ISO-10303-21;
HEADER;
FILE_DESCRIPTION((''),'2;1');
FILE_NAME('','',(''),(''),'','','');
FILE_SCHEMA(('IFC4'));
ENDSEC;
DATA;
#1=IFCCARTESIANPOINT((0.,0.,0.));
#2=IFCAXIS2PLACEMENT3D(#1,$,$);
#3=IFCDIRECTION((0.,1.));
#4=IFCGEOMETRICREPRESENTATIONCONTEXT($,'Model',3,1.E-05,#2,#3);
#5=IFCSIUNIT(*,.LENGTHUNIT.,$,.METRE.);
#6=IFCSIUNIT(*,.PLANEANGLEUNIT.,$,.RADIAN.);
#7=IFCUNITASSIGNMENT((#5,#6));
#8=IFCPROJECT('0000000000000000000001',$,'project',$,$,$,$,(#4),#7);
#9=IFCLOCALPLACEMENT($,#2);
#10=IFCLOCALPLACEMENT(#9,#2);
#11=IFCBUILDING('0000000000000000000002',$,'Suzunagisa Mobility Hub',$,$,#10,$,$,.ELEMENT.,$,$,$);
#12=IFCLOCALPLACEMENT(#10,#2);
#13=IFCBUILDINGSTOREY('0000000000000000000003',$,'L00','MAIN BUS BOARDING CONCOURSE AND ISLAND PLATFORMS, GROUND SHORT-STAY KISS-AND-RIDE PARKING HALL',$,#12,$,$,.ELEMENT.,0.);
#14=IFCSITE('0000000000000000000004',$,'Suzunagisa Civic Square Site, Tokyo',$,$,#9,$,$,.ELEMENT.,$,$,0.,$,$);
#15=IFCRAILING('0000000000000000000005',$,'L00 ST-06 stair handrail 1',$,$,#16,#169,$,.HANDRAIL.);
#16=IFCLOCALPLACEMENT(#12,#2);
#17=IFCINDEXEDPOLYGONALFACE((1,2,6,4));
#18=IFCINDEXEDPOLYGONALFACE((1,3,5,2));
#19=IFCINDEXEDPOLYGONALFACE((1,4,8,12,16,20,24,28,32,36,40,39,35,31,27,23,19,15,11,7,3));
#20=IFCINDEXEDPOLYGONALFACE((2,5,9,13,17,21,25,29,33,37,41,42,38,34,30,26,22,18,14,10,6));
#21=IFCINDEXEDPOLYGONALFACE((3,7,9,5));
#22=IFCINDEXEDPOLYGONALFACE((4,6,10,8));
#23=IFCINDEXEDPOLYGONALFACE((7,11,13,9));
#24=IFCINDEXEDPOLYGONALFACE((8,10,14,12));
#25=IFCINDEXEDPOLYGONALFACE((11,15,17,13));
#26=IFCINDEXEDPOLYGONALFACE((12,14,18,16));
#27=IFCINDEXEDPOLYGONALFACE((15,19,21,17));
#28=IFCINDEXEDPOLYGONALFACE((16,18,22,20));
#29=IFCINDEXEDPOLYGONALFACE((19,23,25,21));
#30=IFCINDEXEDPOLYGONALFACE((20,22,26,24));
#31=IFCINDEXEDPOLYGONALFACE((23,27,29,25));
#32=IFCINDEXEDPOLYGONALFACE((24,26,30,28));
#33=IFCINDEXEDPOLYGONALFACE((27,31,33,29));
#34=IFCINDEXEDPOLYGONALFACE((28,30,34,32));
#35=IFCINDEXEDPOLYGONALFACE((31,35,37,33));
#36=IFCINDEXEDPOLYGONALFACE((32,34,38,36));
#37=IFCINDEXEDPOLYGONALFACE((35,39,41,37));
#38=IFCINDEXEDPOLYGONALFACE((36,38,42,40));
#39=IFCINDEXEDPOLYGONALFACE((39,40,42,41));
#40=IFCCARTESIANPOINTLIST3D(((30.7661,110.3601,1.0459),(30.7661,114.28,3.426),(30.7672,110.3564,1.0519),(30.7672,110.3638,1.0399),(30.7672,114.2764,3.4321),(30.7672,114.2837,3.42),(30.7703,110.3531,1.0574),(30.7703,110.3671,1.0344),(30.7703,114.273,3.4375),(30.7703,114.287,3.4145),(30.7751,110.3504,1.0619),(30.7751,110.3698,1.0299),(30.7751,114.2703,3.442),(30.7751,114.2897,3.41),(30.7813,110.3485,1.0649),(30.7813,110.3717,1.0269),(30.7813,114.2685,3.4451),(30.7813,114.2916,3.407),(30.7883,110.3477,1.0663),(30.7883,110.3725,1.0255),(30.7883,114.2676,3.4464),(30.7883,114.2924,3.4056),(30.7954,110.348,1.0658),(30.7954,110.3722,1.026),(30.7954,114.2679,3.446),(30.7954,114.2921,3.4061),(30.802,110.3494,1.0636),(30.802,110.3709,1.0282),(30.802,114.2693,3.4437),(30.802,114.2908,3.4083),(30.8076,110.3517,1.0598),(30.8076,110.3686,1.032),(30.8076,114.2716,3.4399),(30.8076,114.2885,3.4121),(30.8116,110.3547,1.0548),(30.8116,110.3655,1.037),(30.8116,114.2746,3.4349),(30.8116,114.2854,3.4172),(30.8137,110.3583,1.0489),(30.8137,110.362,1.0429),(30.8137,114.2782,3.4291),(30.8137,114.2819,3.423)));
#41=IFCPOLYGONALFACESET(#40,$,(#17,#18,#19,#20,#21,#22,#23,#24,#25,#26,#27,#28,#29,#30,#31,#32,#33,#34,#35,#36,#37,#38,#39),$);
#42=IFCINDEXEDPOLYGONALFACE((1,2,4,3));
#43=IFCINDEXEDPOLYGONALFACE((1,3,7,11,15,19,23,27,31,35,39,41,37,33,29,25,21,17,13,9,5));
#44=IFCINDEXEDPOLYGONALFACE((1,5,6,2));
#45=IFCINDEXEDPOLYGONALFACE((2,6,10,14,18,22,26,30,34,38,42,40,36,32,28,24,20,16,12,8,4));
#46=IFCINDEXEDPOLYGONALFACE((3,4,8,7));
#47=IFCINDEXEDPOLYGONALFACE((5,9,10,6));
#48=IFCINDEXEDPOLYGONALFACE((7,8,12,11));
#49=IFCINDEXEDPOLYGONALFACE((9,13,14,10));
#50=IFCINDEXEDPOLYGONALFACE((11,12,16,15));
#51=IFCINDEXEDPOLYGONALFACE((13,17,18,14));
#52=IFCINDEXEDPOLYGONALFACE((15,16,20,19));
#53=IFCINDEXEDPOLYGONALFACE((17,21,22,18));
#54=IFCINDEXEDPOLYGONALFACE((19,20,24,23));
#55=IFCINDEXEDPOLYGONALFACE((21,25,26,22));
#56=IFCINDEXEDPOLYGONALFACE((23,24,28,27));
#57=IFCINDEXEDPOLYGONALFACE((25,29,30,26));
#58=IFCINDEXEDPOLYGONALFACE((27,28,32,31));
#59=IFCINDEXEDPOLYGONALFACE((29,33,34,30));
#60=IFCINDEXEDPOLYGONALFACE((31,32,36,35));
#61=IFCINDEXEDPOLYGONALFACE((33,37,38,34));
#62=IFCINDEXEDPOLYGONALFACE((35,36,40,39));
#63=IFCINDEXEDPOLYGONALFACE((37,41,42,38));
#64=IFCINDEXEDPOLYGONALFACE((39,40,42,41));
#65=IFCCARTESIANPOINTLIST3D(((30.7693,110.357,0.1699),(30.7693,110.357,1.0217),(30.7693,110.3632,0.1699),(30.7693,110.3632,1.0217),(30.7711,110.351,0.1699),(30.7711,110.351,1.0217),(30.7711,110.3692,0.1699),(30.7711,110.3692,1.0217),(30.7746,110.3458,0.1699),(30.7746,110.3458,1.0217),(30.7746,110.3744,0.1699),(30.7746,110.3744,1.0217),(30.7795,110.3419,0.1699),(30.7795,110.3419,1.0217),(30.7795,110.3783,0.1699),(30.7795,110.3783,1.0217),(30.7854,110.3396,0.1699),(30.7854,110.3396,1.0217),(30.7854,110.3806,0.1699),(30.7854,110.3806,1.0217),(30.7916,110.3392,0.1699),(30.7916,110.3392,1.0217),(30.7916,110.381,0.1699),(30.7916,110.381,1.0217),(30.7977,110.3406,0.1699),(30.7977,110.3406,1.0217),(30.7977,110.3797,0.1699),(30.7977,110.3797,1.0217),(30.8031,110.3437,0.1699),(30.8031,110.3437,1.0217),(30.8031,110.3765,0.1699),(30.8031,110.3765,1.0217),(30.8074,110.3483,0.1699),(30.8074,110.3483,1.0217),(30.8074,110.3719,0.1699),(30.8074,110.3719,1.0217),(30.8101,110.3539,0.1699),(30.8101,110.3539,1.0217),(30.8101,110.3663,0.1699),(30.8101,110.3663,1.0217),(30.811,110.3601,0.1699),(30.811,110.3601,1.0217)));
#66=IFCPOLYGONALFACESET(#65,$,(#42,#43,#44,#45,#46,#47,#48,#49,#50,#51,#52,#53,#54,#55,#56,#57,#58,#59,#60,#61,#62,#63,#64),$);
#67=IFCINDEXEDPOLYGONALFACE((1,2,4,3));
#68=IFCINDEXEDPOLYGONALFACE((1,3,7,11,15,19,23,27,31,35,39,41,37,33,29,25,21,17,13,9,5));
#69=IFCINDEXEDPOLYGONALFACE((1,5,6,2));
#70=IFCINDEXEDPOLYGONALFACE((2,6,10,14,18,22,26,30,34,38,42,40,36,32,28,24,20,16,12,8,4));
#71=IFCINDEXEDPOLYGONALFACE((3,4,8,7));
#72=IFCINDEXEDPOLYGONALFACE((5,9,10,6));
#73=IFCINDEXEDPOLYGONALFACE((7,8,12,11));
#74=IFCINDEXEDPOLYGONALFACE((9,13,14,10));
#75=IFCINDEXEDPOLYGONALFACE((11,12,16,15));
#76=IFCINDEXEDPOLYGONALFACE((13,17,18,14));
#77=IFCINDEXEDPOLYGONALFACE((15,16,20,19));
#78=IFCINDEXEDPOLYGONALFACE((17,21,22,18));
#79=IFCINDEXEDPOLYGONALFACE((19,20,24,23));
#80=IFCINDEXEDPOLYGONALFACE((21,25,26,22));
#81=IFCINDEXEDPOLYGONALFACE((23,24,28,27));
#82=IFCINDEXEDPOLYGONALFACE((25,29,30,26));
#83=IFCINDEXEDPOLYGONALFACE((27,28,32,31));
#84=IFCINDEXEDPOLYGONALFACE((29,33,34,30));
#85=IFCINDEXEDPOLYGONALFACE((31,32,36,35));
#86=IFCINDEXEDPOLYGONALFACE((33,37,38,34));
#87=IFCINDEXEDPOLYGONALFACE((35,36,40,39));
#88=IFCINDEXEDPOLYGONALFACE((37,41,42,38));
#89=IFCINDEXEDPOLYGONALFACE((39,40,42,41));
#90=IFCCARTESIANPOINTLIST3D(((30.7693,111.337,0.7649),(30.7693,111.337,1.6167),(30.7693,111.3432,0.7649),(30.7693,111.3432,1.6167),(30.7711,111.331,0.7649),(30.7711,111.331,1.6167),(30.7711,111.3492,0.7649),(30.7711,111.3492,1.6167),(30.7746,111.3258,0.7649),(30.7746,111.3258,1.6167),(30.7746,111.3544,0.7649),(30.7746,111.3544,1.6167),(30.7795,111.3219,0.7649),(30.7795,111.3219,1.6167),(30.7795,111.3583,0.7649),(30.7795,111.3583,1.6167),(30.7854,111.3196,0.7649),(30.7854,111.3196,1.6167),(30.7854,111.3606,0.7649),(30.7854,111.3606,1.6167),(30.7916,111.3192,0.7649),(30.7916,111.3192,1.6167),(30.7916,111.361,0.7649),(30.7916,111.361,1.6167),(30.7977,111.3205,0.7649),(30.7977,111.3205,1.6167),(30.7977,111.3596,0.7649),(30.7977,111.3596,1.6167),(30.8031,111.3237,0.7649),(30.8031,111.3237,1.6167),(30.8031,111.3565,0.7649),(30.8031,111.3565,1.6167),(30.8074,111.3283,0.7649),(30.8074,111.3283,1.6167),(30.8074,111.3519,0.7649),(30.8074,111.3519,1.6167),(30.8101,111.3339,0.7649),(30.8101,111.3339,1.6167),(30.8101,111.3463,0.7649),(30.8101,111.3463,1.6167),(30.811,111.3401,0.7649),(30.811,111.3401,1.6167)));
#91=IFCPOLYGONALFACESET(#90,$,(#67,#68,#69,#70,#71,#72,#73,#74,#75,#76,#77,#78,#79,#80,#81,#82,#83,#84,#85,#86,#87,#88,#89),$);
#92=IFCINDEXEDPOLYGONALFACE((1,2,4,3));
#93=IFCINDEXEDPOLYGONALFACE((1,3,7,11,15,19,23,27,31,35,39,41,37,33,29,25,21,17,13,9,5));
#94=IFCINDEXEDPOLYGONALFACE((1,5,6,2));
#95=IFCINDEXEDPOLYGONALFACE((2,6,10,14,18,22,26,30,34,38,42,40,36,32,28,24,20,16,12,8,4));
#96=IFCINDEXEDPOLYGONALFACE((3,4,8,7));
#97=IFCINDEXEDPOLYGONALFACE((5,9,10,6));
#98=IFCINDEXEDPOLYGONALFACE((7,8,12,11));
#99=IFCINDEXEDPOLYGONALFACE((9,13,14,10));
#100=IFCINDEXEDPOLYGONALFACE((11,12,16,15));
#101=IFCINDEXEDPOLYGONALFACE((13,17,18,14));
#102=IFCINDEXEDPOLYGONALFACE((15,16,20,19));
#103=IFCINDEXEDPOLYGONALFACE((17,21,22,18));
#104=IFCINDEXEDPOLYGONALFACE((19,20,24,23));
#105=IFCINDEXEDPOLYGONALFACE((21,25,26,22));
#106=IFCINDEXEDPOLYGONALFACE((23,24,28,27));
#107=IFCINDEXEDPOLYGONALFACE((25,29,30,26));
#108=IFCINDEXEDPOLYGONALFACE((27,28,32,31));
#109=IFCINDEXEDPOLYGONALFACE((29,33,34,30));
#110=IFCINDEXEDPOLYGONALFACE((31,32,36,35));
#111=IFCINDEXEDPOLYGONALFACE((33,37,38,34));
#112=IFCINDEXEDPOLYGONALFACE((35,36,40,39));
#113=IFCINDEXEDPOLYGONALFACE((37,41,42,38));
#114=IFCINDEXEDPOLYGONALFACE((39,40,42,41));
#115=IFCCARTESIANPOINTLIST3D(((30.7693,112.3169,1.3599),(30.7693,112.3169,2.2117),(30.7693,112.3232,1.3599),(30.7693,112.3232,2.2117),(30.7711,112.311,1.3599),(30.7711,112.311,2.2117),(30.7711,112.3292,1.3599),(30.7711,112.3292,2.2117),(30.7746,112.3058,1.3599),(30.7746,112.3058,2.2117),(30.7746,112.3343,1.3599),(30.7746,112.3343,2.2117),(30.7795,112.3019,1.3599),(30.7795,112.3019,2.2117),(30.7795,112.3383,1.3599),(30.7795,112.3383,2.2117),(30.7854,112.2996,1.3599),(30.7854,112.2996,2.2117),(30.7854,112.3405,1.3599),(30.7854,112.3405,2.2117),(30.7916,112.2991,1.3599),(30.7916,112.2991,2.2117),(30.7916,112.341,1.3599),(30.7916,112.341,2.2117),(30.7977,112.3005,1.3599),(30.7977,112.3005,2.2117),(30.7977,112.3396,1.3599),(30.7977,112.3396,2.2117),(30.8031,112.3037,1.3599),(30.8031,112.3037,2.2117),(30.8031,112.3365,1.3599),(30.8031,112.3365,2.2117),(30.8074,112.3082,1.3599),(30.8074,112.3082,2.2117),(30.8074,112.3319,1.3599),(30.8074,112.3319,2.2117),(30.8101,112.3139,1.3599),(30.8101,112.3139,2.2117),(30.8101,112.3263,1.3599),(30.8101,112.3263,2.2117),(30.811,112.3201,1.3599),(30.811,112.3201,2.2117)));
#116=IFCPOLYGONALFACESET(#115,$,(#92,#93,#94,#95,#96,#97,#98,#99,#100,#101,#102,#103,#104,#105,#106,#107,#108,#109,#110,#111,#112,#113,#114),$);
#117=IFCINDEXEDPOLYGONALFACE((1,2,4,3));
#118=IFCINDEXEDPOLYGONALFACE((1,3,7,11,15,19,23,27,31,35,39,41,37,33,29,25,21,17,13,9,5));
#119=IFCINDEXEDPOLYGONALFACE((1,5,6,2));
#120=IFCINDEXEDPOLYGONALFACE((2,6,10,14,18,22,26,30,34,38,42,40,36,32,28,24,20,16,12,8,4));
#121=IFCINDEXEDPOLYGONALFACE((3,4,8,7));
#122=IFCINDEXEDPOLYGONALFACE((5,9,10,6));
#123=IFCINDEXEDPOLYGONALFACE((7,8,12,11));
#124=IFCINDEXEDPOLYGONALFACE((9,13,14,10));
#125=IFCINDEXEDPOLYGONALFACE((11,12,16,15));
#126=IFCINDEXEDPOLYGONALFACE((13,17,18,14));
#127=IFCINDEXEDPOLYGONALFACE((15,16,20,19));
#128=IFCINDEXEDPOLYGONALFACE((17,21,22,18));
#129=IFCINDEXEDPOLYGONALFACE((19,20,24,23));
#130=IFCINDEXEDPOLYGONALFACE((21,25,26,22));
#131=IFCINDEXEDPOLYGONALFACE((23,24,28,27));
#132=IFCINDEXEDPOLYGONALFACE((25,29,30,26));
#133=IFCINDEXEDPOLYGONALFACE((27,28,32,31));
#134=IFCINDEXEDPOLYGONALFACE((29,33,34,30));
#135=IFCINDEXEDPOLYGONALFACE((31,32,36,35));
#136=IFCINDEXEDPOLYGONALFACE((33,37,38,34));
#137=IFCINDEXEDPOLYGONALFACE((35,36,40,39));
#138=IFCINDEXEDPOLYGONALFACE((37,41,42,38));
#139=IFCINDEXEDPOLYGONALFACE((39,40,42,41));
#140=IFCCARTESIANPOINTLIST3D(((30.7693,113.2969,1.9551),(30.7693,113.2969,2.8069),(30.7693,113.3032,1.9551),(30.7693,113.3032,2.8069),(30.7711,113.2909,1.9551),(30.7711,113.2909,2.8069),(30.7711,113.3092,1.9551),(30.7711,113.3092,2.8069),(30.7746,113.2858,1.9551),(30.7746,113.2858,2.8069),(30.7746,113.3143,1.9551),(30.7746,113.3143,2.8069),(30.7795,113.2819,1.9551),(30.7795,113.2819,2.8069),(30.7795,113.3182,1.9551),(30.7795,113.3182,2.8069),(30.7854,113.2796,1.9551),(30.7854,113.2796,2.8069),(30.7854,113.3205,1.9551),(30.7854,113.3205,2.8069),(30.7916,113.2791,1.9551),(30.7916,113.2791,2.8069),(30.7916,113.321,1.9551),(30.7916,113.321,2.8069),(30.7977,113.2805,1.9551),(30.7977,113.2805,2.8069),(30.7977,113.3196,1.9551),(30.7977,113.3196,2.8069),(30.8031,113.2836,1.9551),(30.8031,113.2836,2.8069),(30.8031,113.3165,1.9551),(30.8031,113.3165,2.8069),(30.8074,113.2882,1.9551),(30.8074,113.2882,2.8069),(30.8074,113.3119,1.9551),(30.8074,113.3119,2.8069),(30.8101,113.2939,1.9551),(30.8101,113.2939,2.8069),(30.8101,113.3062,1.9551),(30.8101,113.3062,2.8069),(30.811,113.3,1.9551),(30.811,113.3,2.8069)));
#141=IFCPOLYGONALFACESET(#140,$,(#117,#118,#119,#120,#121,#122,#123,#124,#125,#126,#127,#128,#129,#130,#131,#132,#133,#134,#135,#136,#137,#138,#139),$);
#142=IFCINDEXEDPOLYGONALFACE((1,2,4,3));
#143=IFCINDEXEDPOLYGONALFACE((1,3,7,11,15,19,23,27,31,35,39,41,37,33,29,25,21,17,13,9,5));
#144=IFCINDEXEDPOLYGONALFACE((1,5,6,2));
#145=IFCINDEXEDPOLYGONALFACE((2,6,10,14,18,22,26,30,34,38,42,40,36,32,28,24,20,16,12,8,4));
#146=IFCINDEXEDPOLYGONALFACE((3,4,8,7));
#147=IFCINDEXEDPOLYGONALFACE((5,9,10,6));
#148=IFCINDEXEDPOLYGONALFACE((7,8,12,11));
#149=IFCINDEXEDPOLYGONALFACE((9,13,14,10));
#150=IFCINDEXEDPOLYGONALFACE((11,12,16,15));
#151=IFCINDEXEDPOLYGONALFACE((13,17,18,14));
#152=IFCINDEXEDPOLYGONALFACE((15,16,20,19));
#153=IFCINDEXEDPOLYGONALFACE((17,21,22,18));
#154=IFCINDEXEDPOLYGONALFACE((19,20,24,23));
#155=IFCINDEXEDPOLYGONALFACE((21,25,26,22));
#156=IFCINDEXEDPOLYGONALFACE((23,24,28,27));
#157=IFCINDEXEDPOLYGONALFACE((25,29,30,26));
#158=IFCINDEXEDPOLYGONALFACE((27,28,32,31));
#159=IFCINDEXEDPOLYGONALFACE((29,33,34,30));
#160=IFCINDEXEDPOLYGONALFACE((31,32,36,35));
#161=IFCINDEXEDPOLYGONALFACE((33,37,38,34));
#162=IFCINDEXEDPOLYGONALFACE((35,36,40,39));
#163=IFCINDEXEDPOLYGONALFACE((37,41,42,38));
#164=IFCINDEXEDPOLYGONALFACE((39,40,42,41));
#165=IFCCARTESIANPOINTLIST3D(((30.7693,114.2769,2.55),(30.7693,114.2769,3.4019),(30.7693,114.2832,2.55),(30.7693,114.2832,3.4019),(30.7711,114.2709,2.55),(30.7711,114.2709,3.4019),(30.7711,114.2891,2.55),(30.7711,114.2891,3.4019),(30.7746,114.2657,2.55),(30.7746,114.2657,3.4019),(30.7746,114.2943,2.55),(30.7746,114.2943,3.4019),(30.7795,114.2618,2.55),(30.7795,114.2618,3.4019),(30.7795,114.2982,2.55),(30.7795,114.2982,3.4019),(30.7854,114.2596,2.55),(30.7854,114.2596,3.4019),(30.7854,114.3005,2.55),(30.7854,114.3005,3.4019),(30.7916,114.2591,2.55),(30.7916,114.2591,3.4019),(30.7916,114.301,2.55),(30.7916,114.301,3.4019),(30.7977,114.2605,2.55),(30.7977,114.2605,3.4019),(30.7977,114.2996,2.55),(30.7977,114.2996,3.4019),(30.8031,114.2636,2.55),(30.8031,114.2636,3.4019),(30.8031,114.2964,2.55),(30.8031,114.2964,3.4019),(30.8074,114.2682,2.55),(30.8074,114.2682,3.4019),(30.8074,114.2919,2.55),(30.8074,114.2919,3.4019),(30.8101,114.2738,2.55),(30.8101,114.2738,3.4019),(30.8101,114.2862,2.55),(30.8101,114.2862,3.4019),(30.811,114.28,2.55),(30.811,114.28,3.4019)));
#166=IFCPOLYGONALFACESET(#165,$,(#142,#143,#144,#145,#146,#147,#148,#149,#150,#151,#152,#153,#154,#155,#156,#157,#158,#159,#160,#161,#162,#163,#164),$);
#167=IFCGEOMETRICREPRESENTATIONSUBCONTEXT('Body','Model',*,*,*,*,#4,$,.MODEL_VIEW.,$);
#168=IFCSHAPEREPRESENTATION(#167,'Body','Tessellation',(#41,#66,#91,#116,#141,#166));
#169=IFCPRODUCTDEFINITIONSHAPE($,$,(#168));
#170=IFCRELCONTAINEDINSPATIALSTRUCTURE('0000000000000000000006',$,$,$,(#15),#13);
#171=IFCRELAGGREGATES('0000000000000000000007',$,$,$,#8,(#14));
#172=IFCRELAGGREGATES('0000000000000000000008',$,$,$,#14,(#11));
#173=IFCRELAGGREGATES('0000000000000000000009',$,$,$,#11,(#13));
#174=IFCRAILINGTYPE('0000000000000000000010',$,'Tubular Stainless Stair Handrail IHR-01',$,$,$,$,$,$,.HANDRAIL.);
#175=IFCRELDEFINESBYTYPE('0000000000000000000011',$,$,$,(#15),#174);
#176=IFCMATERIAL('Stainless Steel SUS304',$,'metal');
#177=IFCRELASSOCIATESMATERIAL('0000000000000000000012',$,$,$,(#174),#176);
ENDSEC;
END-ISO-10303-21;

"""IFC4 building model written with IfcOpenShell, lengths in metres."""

from ifc_helpers import new_model, si_unit, direction, frame, origin, origin_2d, place, context, subcontext, project, spatial, circle, extrude, material, type_object, element, save


model = new_model("IFC4")

# Units and contexts
model_context = context("Model", 3, precision=1e-05, world=origin(), true_north=direction((0.0, 1.0)))
body_context = subcontext(model_context, "Body", "Model", "MODEL_VIEW")
ifc_project = project(units=[si_unit("LENGTHUNIT", "METRE"), si_unit("PLANEANGLEUNIT", "RADIAN")], contexts=[model_context])

# Site, building, storey
site_placement = place(None, origin())
site = spatial("IfcSite", under=ifc_project, at=site_placement, Name="Suzunagisa Civic Square Site, Tokyo", CompositionType="ELEMENT", RefElevation=0.0)
building_placement = place(site_placement, origin())
building = spatial("IfcBuilding", under=site, at=building_placement, Name="Suzunagisa Mobility Hub", CompositionType="ELEMENT")
storey_placement = place(building_placement, origin())
storey = spatial("IfcBuildingStorey", under=building, at=storey_placement, Name="L00", Description="MAIN BUS BOARDING CONCOURSE AND ISLAND PLATFORMS, GROUND SHORT-STAY KISS-AND-RIDE PARKING HALL", CompositionType="ELEMENT", Elevation=0.0)

# Railing
ifc_material_1 = material(Name="Stainless Steel SUS304", Category="metal")
railing_type_1 = type_object("IfcRailingType", Name="Tubular Stainless Stair Handrail IHR-01", PredefinedType="HANDRAIL", material=ifc_material_1)
railing_1_placement = place(storey_placement, frame((30.79, 110.3601, 0.1699)))
element("IfcRailing", 1, at=railing_1_placement, inside=storey, type_object=railing_type_1, Name="L00 ST-06 stair handrail 1", PredefinedType="HANDRAIL", context=body_context, shape_type="SweptSolid", body=[
    extrude(circle(Radius=0.0239, at=origin_2d()), frame((0.0, 0.0, 0.876), z_axis=(0.0, 0.854771, 0.519006), x_axis=(-1.0, 0.0, 0.0)), (0.0, 0.0, 1.0), 4.5859),
    extrude(circle(Radius=0.021, at=origin_2d()), origin(), (0.0, 0.0, 1.0), 0.8518),
    extrude(circle(Radius=0.021, at=origin_2d()), frame((0.0, 0.98, 0.595)), (0.0, 0.0, 1.0), 0.8518),
    extrude(circle(Radius=0.021, at=origin_2d()), frame((0.0, 1.96, 1.1899)), (0.0, 0.0, 1.0), 0.8518),
    extrude(circle(Radius=0.021, at=origin_2d()), frame((0.0, 2.9399, 1.7852)), (0.0, 0.0, 1.0), 0.8518),
    extrude(circle(Radius=0.021, at=origin_2d()), frame((0.0, 3.9199, 2.3801)), (0.0, 0.0, 1.0), 0.8518),
])

save(model, "model.ifc")
